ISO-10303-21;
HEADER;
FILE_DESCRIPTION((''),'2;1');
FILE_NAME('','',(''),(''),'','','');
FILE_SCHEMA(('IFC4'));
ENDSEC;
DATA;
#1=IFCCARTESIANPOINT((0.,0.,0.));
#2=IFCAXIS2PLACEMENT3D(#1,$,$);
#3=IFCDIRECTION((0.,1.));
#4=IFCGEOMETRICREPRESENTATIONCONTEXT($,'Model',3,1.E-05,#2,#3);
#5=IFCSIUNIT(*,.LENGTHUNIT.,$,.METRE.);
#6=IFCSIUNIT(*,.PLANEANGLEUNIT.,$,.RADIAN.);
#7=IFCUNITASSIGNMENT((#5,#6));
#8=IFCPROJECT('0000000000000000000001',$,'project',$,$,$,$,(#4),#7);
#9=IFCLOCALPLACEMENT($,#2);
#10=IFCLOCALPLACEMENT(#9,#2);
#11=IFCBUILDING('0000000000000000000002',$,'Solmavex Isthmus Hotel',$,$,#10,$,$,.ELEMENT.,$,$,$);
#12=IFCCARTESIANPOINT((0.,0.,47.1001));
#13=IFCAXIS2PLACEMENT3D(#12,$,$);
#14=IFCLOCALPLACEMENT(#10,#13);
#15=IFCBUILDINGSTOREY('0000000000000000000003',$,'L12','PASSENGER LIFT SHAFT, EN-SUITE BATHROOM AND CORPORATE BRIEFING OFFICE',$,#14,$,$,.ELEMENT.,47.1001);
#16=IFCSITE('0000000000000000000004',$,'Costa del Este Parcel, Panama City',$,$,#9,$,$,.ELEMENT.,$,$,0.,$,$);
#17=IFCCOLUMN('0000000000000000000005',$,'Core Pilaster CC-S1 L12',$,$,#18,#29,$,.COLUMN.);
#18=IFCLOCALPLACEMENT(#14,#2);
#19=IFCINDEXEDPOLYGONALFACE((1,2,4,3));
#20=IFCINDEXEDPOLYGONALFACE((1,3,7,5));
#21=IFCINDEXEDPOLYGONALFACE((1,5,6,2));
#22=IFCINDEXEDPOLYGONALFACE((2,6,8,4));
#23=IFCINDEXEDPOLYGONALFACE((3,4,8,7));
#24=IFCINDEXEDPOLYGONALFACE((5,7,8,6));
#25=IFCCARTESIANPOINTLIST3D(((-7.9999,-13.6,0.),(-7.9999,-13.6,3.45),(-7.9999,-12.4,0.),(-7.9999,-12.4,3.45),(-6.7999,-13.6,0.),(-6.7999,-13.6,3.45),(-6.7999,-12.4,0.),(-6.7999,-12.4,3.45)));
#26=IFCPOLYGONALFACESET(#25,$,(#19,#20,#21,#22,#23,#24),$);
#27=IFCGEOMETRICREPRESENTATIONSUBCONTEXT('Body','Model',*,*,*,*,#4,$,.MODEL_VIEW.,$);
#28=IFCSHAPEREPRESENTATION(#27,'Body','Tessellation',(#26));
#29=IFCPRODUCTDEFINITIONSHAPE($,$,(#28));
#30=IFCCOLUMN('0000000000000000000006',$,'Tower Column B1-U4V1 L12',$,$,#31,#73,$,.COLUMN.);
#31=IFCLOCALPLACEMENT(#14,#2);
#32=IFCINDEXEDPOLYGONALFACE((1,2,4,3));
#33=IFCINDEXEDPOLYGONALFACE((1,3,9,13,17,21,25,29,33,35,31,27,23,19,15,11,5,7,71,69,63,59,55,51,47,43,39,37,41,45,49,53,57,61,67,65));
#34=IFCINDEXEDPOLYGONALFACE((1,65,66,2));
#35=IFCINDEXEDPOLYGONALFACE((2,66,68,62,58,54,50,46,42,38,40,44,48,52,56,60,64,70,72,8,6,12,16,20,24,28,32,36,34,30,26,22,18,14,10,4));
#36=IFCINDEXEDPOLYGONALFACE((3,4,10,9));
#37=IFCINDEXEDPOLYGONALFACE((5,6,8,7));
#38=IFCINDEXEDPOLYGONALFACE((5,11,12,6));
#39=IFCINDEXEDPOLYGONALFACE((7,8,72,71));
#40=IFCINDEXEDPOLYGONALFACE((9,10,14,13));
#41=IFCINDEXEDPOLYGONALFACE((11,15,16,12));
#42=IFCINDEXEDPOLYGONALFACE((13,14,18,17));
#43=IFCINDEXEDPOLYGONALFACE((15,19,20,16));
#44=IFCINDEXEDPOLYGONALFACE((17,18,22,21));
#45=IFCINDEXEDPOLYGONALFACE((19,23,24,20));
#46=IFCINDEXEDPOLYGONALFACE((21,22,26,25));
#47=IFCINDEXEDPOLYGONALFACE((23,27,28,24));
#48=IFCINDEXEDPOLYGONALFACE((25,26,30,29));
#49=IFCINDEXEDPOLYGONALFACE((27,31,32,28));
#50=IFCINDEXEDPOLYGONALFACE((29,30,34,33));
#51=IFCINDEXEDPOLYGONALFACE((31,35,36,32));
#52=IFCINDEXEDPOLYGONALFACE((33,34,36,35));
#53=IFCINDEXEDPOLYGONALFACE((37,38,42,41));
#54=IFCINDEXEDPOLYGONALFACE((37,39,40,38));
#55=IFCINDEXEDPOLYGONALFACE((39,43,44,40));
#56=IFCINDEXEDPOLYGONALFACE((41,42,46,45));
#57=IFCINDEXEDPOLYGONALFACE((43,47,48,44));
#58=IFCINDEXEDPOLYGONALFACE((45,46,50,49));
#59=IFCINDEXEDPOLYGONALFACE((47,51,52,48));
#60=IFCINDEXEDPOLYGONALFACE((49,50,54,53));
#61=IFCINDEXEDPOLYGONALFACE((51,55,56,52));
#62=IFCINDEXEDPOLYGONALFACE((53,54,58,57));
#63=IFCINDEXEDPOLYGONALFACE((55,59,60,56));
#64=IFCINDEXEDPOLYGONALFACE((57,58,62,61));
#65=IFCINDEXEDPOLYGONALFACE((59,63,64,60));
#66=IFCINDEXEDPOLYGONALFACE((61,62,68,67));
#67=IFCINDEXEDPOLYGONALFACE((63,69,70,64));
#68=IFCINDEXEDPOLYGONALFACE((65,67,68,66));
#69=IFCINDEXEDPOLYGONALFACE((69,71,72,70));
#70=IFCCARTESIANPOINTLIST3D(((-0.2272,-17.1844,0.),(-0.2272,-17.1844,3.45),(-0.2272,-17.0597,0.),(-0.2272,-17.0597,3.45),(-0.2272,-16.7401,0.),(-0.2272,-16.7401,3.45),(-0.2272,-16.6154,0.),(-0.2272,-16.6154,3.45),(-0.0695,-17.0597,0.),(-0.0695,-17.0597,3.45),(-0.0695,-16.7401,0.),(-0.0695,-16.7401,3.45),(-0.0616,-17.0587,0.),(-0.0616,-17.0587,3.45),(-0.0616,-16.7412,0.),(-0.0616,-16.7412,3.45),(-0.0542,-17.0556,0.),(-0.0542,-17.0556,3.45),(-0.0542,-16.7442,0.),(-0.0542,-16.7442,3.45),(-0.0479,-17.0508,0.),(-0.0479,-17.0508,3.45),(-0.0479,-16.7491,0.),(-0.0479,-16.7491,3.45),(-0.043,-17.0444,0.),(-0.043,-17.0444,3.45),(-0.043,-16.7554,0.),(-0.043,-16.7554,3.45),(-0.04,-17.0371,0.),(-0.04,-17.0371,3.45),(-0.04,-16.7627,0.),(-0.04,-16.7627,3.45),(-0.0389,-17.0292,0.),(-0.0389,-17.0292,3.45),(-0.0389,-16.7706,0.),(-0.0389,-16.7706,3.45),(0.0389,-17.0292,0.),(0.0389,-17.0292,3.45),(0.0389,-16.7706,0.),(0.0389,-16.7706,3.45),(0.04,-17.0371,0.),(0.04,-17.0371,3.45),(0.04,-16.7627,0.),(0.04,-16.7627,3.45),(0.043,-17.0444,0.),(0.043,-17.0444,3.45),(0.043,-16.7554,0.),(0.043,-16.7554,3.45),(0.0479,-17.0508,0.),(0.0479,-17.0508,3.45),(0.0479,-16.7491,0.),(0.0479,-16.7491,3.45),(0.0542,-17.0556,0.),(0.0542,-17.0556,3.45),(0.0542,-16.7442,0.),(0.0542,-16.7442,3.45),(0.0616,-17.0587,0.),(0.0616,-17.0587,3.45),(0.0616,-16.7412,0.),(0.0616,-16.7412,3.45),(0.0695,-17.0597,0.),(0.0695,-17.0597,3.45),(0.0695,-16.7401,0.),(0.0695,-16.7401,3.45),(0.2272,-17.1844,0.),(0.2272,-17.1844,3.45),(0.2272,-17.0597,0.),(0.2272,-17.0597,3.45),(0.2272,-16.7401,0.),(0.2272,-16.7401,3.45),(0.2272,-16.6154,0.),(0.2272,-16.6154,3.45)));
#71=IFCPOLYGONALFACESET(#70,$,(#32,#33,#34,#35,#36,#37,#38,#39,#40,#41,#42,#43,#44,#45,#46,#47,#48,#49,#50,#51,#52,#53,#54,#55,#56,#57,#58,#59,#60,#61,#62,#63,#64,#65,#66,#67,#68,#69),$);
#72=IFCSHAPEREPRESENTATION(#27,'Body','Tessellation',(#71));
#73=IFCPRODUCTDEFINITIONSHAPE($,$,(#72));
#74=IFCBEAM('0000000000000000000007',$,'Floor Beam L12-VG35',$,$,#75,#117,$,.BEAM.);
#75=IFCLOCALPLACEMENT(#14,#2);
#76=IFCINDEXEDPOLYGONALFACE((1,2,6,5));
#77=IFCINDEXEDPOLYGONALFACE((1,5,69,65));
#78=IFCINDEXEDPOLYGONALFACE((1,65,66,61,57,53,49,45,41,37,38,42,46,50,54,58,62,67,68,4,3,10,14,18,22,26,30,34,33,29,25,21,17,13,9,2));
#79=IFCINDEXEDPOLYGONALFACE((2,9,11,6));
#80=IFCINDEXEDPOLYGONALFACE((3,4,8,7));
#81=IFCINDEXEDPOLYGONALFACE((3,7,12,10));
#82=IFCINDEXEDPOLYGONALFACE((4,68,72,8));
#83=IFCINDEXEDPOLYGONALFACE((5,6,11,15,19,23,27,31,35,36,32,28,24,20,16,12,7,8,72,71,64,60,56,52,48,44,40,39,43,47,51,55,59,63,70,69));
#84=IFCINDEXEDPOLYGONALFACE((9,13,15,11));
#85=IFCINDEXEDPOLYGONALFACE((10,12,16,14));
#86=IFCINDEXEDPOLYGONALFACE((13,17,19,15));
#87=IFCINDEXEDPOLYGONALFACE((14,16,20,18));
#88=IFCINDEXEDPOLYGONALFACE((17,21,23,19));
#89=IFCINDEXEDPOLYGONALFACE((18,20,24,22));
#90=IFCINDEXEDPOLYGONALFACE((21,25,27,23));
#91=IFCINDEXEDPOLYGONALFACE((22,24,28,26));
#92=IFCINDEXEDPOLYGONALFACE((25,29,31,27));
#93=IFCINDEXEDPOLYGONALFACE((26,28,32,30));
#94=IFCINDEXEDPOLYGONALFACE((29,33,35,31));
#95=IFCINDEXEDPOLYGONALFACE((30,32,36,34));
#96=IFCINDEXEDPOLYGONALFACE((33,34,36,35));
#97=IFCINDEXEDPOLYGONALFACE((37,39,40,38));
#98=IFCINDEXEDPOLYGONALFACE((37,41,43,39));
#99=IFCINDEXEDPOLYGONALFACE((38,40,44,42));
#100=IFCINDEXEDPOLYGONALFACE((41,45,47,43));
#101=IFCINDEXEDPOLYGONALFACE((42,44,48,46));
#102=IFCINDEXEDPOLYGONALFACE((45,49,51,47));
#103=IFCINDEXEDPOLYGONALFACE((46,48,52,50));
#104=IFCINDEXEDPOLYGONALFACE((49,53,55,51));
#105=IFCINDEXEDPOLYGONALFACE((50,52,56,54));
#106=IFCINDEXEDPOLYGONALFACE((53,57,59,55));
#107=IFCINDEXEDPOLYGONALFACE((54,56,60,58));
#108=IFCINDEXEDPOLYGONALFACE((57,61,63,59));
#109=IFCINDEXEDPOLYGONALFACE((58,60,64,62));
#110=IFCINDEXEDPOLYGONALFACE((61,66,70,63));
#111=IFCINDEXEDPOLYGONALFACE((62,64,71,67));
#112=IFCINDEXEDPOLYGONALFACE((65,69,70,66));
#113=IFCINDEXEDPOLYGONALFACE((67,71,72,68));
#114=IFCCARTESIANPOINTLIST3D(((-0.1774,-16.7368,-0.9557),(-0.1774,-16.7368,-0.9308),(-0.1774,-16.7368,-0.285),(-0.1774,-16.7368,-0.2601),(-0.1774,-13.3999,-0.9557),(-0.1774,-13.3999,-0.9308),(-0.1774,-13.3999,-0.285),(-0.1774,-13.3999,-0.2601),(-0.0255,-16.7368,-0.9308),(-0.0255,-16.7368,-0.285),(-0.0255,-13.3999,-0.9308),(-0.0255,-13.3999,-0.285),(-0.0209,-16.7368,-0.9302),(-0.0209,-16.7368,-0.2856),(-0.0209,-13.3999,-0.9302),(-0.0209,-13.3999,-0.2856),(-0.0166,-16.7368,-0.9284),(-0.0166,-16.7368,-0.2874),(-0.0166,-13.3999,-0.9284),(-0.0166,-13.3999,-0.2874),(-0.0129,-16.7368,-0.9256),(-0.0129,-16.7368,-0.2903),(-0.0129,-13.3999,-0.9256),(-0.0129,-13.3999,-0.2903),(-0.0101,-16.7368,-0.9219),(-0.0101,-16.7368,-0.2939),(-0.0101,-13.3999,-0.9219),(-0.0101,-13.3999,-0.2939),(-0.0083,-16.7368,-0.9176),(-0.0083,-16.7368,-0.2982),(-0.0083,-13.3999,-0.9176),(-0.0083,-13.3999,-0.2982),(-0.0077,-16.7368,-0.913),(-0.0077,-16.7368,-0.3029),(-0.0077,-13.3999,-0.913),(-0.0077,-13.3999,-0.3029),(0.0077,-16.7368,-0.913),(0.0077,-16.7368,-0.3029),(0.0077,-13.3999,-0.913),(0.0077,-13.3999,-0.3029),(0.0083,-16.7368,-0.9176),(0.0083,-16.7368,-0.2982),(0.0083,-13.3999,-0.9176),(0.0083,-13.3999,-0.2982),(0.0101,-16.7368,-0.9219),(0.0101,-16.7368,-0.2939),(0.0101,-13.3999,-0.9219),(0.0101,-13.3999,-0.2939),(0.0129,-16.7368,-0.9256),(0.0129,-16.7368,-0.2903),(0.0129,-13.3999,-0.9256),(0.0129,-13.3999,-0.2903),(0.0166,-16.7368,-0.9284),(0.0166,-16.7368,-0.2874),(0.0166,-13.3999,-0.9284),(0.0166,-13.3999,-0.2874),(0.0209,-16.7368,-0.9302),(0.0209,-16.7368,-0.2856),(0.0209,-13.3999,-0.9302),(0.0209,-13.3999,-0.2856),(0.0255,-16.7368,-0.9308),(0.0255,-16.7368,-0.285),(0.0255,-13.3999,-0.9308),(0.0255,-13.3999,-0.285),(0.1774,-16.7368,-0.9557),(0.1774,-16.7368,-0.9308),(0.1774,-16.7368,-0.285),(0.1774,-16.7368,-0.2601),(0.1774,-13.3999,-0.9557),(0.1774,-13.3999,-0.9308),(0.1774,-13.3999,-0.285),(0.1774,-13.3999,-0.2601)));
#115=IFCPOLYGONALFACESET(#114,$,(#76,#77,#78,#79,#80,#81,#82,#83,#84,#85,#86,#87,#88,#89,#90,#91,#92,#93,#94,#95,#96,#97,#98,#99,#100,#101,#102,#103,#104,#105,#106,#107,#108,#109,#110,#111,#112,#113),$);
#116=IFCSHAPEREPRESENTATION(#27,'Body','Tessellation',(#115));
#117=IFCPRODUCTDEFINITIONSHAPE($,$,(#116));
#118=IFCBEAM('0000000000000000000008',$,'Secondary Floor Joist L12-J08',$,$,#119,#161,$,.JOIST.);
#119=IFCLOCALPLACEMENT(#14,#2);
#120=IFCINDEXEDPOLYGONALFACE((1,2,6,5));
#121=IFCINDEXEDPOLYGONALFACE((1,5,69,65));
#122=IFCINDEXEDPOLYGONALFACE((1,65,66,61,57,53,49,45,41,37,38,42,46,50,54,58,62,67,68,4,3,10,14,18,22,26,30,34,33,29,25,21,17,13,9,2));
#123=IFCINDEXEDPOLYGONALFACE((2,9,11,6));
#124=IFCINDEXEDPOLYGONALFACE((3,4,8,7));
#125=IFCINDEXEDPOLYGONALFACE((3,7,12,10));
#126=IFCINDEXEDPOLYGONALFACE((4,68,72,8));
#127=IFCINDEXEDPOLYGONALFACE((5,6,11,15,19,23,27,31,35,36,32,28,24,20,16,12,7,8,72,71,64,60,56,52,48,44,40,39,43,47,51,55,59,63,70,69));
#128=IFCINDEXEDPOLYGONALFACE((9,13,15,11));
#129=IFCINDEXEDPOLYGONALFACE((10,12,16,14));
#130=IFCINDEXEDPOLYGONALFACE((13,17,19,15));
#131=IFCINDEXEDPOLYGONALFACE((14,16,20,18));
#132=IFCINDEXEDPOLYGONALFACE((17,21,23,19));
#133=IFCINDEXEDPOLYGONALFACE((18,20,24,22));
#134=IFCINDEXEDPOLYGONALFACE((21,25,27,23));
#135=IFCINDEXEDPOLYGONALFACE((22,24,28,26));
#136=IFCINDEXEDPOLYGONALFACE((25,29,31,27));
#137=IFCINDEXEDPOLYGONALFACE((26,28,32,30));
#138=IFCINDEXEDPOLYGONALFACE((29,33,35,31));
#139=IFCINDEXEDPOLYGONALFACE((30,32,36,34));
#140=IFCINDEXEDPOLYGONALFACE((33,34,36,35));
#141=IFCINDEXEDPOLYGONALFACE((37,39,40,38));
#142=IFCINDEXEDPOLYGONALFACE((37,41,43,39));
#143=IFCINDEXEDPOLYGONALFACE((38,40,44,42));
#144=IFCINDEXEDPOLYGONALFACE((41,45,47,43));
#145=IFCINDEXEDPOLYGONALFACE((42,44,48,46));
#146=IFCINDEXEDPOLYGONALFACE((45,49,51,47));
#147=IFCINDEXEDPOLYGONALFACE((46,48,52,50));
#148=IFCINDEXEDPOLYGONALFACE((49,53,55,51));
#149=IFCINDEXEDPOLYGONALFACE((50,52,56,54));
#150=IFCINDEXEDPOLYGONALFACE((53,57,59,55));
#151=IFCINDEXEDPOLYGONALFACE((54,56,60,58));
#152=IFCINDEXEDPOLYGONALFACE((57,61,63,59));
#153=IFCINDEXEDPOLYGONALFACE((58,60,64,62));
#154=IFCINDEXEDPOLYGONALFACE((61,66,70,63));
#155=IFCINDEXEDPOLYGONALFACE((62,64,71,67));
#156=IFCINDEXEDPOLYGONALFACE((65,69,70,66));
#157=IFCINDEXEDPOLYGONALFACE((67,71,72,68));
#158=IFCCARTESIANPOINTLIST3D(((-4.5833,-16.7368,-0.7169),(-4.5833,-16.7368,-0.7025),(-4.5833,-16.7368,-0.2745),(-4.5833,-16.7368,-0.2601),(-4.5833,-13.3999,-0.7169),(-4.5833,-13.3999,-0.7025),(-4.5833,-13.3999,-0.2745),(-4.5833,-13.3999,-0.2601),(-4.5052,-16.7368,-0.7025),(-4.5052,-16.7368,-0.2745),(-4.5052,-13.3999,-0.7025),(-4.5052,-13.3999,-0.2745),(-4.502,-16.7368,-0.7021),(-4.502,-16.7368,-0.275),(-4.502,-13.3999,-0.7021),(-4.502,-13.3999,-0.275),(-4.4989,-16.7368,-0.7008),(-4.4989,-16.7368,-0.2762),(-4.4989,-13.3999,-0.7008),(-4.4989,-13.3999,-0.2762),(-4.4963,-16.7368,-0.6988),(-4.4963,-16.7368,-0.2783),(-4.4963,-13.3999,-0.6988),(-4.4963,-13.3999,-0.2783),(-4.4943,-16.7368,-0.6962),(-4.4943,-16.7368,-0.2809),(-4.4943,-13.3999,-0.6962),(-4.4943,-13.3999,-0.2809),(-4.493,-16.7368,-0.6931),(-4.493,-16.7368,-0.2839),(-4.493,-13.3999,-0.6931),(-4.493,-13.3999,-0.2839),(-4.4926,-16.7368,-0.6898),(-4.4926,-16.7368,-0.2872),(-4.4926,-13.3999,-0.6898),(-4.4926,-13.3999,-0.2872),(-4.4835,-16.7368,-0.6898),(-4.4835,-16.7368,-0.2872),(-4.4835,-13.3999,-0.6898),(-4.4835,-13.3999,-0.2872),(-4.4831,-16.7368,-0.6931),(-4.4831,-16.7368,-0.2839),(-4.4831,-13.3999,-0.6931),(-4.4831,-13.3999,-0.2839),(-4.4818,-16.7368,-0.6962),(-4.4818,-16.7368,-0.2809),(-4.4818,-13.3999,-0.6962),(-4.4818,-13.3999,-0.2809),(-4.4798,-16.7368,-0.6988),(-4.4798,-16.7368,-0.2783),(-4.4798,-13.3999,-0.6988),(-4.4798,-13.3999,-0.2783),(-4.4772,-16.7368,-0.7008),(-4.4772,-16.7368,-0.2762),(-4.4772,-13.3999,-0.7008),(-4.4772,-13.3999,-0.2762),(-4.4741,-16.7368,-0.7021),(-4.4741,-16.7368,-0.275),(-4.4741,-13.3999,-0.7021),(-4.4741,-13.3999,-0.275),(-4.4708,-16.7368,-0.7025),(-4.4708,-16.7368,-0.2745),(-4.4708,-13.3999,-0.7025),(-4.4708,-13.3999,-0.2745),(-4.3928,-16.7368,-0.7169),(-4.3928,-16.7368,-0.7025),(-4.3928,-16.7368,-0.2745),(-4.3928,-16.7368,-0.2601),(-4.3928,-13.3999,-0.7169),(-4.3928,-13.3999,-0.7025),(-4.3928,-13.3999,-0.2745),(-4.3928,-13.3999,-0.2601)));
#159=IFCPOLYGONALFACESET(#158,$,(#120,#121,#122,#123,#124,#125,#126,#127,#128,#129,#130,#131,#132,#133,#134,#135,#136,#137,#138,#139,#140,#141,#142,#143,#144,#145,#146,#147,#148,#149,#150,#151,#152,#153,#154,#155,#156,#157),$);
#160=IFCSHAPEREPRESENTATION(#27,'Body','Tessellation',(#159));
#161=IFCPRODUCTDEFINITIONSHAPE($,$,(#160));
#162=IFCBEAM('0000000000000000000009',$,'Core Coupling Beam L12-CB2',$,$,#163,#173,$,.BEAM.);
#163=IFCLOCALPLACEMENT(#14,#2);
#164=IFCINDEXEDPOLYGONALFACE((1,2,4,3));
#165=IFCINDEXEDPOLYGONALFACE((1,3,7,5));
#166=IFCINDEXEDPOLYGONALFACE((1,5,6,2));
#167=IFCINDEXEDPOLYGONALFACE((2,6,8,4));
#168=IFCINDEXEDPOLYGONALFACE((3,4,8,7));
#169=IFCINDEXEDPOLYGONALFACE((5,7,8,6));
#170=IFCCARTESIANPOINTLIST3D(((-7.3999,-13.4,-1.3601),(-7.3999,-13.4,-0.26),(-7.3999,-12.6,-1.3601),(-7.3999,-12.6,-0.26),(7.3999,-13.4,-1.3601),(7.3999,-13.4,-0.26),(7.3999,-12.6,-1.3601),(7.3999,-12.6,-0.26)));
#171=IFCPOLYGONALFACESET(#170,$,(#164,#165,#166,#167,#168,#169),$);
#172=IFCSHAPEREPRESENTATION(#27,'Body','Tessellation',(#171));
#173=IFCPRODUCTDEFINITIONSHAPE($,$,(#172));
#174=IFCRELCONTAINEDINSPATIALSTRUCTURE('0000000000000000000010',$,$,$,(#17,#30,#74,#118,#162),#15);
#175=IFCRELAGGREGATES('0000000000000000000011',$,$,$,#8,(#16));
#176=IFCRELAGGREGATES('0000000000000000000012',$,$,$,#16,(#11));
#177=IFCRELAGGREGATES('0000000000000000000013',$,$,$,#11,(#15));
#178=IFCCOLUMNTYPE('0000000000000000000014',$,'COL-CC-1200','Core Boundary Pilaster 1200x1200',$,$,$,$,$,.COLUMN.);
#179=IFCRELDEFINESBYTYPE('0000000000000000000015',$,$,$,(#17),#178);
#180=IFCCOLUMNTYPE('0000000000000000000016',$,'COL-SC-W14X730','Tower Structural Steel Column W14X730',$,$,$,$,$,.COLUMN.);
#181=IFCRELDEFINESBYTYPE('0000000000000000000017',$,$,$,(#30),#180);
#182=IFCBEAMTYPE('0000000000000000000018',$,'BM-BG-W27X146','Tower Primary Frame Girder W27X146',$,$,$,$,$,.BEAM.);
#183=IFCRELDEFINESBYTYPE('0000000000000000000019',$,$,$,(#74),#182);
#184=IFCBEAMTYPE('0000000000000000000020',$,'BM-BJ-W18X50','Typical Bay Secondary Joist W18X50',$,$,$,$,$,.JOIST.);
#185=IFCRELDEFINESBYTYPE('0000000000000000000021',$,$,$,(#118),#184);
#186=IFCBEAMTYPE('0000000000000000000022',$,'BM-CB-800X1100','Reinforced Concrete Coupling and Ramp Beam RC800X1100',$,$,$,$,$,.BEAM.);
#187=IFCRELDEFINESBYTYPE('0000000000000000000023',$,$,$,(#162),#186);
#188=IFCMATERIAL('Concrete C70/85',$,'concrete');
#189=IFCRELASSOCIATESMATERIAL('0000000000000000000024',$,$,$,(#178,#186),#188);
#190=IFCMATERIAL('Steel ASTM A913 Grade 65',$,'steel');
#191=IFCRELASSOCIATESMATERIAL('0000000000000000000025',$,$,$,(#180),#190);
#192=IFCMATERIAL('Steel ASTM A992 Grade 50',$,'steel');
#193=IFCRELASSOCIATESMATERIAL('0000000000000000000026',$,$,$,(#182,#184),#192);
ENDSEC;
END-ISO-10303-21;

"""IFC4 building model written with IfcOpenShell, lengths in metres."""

from ifc_helpers import new_model, si_unit, direction, frame, origin, origin_2d, place, context, subcontext, project, spatial, rectangle, i_section, extrude, material, material_profile, profile_set, type_object, element, save


model = new_model("IFC4")

# Units and contexts
model_context = context("Model", 3, precision=1e-05, world=origin(), true_north=direction((0.0, 1.0)))
body_context = subcontext(model_context, "Body", "Model", "MODEL_VIEW")
ifc_project = project(units=[si_unit("LENGTHUNIT", "METRE"), si_unit("PLANEANGLEUNIT", "RADIAN")], contexts=[model_context])

# Site, building, storey
site_placement = place(None, origin())
site = spatial("IfcSite", under=ifc_project, at=site_placement, Name="Costa del Este Parcel, Panama City", CompositionType="ELEMENT", RefElevation=0.0)
building_placement = place(site_placement, origin())
building = spatial("IfcBuilding", under=site, at=building_placement, Name="Solmavex Isthmus Hotel", CompositionType="ELEMENT")
storey_placement = place(building_placement, frame((0.0, 0.0, 47.1001)))
storey = spatial("IfcBuildingStorey", under=building, at=storey_placement, Name="L12", Description="PASSENGER LIFT SHAFT, EN-SUITE BATHROOM AND CORPORATE BRIEFING OFFICE", CompositionType="ELEMENT", Elevation=47.1001)

# Columns
ifc_material_1 = material(Name="Concrete C70/85", Category="concrete")
ifc_material_profile_1 = material_profile(ifc_material_1, rectangle(XDim=1.2, YDim=1.2, at=origin_2d()), Name="RC1200X1200")
ifc_profile_set_1 = profile_set([ifc_material_profile_1], Name="Concrete C70/85")
column_type_1 = type_object("IfcColumnType", Name="COL-CC-1200", Description="Core Boundary Pilaster 1200x1200", PredefinedType="COLUMN", material=ifc_profile_set_1)
column_1_placement = place(storey_placement, frame((-7.3999, -13.0, 0.0), z_axis=(0.0, 0.0, 1.0), x_axis=(1.0, 0.0, 0.0)))
element("IfcColumn", 1, at=column_1_placement, inside=storey, type_object=column_type_1, Name="Core Pilaster CC-S1 L12", PredefinedType="COLUMN", context=body_context, shape_type="SweptSolid", body=[
    extrude(rectangle(XDim=1.2, YDim=1.2, at=origin_2d()), origin(), (0.0, 0.0, 1.0), 3.45),
])
ifc_material_2 = material(Name="Steel ASTM A913 Grade 65", Category="steel")
ifc_material_profile_2 = material_profile(ifc_material_2, i_section(OverallWidth=0.4543, OverallDepth=0.5691, WebThickness=0.0779, FlangeThickness=0.1248, FilletRadius=0.0305, at=origin_2d()), Name="W14X730")
ifc_profile_set_2 = profile_set([ifc_material_profile_2], Name="Steel ASTM A913 Grade 65")
column_type_2 = type_object("IfcColumnType", Name="COL-SC-W14X730", Description="Tower Structural Steel Column W14X730", PredefinedType="COLUMN", material=ifc_profile_set_2)
column_2_placement = place(storey_placement, frame((0.0, -16.8999, 0.0), z_axis=(0.0, 0.0, 1.0), x_axis=(1.0, 0.0, 0.0)))
element("IfcColumn", 2, at=column_2_placement, inside=storey, type_object=column_type_2, Name="Tower Column B1-U4V1 L12", PredefinedType="COLUMN", context=body_context, shape_type="SweptSolid", body=[
    extrude(i_section(OverallWidth=0.4543, OverallDepth=0.5691, WebThickness=0.0779, FlangeThickness=0.1248, FilletRadius=0.0305, at=origin_2d()), origin(), (0.0, 0.0, 1.0), 3.45),
])

# Beams
ifc_material_3 = material(Name="Steel ASTM A992 Grade 50", Category="steel")
ifc_material_profile_3 = material_profile(ifc_material_3, i_section(OverallWidth=0.3547, OverallDepth=0.6956, WebThickness=0.0154, FlangeThickness=0.0249, FilletRadius=0.0178, at=origin_2d()), Name="W27X146")
ifc_profile_set_3 = profile_set([ifc_material_profile_3], Name="Steel ASTM A992 Grade 50")
beam_type_1 = type_object("IfcBeamType", Name="BM-BG-W27X146", Description="Tower Primary Frame Girder W27X146", PredefinedType="BEAM", material=ifc_profile_set_3)
beam_1_placement = place(storey_placement, frame((0.0, -16.7368, -0.6079), z_axis=(0.0, 1.0, 0.0), x_axis=(-1.0, 0.0, 0.0)))
element("IfcBeam", 3, at=beam_1_placement, inside=storey, type_object=beam_type_1, Name="Floor Beam L12-VG35", PredefinedType="BEAM", context=body_context, shape_type="SweptSolid", body=[
    extrude(i_section(OverallWidth=0.3547, OverallDepth=0.6956, WebThickness=0.0154, FlangeThickness=0.0249, FilletRadius=0.0178, at=origin_2d()), origin(), (0.0, 0.0, 1.0), 3.3369),
])
ifc_material_profile_4 = material_profile(ifc_material_3, i_section(OverallWidth=0.1904, OverallDepth=0.4568, WebThickness=0.009, FlangeThickness=0.0144, FilletRadius=0.0127, at=origin_2d()), Name="W18X50")
ifc_profile_set_4 = profile_set([ifc_material_profile_4], Name="Steel ASTM A992 Grade 50")
beam_type_2 = type_object("IfcBeamType", Name="BM-BJ-W18X50", Description="Typical Bay Secondary Joist W18X50", PredefinedType="JOIST", material=ifc_profile_set_4)
beam_2_placement = place(storey_placement, frame((-4.488, -16.7368, -0.4885), z_axis=(0.0, 1.0, 0.0), x_axis=(-1.0, 0.0, 0.0)))
element("IfcBeam", 4, at=beam_2_placement, inside=storey, type_object=beam_type_2, Name="Secondary Floor Joist L12-J08", PredefinedType="JOIST", context=body_context, shape_type="SweptSolid", body=[
    extrude(i_section(OverallWidth=0.1904, OverallDepth=0.4568, WebThickness=0.009, FlangeThickness=0.0144, FilletRadius=0.0127, at=origin_2d()), origin(), (0.0, 0.0, 1.0), 3.3369),
])
ifc_material_profile_5 = material_profile(ifc_material_1, rectangle(XDim=0.8, YDim=1.1001, at=origin_2d()), Name="RC800X1100")
ifc_profile_set_5 = profile_set([ifc_material_profile_5], Name="Concrete C70/85")
beam_type_3 = type_object("IfcBeamType", Name="BM-CB-800X1100", Description="Reinforced Concrete Coupling and Ramp Beam RC800X1100", PredefinedType="BEAM", material=ifc_profile_set_5)
beam_3_placement = place(storey_placement, frame((-7.3999, -13.0, -0.8101), z_axis=(1.0, 0.0, 0.0), x_axis=(0.0, 1.0, 0.0)))
element("IfcBeam", 5, at=beam_3_placement, inside=storey, type_object=beam_type_3, Name="Core Coupling Beam L12-CB2", PredefinedType="BEAM", context=body_context, shape_type="SweptSolid", body=[
    extrude(rectangle(XDim=0.8, YDim=1.1001, at=origin_2d()), origin(), (0.0, 0.0, 1.0), 14.7998),
])

save(model, "model.ifc")
